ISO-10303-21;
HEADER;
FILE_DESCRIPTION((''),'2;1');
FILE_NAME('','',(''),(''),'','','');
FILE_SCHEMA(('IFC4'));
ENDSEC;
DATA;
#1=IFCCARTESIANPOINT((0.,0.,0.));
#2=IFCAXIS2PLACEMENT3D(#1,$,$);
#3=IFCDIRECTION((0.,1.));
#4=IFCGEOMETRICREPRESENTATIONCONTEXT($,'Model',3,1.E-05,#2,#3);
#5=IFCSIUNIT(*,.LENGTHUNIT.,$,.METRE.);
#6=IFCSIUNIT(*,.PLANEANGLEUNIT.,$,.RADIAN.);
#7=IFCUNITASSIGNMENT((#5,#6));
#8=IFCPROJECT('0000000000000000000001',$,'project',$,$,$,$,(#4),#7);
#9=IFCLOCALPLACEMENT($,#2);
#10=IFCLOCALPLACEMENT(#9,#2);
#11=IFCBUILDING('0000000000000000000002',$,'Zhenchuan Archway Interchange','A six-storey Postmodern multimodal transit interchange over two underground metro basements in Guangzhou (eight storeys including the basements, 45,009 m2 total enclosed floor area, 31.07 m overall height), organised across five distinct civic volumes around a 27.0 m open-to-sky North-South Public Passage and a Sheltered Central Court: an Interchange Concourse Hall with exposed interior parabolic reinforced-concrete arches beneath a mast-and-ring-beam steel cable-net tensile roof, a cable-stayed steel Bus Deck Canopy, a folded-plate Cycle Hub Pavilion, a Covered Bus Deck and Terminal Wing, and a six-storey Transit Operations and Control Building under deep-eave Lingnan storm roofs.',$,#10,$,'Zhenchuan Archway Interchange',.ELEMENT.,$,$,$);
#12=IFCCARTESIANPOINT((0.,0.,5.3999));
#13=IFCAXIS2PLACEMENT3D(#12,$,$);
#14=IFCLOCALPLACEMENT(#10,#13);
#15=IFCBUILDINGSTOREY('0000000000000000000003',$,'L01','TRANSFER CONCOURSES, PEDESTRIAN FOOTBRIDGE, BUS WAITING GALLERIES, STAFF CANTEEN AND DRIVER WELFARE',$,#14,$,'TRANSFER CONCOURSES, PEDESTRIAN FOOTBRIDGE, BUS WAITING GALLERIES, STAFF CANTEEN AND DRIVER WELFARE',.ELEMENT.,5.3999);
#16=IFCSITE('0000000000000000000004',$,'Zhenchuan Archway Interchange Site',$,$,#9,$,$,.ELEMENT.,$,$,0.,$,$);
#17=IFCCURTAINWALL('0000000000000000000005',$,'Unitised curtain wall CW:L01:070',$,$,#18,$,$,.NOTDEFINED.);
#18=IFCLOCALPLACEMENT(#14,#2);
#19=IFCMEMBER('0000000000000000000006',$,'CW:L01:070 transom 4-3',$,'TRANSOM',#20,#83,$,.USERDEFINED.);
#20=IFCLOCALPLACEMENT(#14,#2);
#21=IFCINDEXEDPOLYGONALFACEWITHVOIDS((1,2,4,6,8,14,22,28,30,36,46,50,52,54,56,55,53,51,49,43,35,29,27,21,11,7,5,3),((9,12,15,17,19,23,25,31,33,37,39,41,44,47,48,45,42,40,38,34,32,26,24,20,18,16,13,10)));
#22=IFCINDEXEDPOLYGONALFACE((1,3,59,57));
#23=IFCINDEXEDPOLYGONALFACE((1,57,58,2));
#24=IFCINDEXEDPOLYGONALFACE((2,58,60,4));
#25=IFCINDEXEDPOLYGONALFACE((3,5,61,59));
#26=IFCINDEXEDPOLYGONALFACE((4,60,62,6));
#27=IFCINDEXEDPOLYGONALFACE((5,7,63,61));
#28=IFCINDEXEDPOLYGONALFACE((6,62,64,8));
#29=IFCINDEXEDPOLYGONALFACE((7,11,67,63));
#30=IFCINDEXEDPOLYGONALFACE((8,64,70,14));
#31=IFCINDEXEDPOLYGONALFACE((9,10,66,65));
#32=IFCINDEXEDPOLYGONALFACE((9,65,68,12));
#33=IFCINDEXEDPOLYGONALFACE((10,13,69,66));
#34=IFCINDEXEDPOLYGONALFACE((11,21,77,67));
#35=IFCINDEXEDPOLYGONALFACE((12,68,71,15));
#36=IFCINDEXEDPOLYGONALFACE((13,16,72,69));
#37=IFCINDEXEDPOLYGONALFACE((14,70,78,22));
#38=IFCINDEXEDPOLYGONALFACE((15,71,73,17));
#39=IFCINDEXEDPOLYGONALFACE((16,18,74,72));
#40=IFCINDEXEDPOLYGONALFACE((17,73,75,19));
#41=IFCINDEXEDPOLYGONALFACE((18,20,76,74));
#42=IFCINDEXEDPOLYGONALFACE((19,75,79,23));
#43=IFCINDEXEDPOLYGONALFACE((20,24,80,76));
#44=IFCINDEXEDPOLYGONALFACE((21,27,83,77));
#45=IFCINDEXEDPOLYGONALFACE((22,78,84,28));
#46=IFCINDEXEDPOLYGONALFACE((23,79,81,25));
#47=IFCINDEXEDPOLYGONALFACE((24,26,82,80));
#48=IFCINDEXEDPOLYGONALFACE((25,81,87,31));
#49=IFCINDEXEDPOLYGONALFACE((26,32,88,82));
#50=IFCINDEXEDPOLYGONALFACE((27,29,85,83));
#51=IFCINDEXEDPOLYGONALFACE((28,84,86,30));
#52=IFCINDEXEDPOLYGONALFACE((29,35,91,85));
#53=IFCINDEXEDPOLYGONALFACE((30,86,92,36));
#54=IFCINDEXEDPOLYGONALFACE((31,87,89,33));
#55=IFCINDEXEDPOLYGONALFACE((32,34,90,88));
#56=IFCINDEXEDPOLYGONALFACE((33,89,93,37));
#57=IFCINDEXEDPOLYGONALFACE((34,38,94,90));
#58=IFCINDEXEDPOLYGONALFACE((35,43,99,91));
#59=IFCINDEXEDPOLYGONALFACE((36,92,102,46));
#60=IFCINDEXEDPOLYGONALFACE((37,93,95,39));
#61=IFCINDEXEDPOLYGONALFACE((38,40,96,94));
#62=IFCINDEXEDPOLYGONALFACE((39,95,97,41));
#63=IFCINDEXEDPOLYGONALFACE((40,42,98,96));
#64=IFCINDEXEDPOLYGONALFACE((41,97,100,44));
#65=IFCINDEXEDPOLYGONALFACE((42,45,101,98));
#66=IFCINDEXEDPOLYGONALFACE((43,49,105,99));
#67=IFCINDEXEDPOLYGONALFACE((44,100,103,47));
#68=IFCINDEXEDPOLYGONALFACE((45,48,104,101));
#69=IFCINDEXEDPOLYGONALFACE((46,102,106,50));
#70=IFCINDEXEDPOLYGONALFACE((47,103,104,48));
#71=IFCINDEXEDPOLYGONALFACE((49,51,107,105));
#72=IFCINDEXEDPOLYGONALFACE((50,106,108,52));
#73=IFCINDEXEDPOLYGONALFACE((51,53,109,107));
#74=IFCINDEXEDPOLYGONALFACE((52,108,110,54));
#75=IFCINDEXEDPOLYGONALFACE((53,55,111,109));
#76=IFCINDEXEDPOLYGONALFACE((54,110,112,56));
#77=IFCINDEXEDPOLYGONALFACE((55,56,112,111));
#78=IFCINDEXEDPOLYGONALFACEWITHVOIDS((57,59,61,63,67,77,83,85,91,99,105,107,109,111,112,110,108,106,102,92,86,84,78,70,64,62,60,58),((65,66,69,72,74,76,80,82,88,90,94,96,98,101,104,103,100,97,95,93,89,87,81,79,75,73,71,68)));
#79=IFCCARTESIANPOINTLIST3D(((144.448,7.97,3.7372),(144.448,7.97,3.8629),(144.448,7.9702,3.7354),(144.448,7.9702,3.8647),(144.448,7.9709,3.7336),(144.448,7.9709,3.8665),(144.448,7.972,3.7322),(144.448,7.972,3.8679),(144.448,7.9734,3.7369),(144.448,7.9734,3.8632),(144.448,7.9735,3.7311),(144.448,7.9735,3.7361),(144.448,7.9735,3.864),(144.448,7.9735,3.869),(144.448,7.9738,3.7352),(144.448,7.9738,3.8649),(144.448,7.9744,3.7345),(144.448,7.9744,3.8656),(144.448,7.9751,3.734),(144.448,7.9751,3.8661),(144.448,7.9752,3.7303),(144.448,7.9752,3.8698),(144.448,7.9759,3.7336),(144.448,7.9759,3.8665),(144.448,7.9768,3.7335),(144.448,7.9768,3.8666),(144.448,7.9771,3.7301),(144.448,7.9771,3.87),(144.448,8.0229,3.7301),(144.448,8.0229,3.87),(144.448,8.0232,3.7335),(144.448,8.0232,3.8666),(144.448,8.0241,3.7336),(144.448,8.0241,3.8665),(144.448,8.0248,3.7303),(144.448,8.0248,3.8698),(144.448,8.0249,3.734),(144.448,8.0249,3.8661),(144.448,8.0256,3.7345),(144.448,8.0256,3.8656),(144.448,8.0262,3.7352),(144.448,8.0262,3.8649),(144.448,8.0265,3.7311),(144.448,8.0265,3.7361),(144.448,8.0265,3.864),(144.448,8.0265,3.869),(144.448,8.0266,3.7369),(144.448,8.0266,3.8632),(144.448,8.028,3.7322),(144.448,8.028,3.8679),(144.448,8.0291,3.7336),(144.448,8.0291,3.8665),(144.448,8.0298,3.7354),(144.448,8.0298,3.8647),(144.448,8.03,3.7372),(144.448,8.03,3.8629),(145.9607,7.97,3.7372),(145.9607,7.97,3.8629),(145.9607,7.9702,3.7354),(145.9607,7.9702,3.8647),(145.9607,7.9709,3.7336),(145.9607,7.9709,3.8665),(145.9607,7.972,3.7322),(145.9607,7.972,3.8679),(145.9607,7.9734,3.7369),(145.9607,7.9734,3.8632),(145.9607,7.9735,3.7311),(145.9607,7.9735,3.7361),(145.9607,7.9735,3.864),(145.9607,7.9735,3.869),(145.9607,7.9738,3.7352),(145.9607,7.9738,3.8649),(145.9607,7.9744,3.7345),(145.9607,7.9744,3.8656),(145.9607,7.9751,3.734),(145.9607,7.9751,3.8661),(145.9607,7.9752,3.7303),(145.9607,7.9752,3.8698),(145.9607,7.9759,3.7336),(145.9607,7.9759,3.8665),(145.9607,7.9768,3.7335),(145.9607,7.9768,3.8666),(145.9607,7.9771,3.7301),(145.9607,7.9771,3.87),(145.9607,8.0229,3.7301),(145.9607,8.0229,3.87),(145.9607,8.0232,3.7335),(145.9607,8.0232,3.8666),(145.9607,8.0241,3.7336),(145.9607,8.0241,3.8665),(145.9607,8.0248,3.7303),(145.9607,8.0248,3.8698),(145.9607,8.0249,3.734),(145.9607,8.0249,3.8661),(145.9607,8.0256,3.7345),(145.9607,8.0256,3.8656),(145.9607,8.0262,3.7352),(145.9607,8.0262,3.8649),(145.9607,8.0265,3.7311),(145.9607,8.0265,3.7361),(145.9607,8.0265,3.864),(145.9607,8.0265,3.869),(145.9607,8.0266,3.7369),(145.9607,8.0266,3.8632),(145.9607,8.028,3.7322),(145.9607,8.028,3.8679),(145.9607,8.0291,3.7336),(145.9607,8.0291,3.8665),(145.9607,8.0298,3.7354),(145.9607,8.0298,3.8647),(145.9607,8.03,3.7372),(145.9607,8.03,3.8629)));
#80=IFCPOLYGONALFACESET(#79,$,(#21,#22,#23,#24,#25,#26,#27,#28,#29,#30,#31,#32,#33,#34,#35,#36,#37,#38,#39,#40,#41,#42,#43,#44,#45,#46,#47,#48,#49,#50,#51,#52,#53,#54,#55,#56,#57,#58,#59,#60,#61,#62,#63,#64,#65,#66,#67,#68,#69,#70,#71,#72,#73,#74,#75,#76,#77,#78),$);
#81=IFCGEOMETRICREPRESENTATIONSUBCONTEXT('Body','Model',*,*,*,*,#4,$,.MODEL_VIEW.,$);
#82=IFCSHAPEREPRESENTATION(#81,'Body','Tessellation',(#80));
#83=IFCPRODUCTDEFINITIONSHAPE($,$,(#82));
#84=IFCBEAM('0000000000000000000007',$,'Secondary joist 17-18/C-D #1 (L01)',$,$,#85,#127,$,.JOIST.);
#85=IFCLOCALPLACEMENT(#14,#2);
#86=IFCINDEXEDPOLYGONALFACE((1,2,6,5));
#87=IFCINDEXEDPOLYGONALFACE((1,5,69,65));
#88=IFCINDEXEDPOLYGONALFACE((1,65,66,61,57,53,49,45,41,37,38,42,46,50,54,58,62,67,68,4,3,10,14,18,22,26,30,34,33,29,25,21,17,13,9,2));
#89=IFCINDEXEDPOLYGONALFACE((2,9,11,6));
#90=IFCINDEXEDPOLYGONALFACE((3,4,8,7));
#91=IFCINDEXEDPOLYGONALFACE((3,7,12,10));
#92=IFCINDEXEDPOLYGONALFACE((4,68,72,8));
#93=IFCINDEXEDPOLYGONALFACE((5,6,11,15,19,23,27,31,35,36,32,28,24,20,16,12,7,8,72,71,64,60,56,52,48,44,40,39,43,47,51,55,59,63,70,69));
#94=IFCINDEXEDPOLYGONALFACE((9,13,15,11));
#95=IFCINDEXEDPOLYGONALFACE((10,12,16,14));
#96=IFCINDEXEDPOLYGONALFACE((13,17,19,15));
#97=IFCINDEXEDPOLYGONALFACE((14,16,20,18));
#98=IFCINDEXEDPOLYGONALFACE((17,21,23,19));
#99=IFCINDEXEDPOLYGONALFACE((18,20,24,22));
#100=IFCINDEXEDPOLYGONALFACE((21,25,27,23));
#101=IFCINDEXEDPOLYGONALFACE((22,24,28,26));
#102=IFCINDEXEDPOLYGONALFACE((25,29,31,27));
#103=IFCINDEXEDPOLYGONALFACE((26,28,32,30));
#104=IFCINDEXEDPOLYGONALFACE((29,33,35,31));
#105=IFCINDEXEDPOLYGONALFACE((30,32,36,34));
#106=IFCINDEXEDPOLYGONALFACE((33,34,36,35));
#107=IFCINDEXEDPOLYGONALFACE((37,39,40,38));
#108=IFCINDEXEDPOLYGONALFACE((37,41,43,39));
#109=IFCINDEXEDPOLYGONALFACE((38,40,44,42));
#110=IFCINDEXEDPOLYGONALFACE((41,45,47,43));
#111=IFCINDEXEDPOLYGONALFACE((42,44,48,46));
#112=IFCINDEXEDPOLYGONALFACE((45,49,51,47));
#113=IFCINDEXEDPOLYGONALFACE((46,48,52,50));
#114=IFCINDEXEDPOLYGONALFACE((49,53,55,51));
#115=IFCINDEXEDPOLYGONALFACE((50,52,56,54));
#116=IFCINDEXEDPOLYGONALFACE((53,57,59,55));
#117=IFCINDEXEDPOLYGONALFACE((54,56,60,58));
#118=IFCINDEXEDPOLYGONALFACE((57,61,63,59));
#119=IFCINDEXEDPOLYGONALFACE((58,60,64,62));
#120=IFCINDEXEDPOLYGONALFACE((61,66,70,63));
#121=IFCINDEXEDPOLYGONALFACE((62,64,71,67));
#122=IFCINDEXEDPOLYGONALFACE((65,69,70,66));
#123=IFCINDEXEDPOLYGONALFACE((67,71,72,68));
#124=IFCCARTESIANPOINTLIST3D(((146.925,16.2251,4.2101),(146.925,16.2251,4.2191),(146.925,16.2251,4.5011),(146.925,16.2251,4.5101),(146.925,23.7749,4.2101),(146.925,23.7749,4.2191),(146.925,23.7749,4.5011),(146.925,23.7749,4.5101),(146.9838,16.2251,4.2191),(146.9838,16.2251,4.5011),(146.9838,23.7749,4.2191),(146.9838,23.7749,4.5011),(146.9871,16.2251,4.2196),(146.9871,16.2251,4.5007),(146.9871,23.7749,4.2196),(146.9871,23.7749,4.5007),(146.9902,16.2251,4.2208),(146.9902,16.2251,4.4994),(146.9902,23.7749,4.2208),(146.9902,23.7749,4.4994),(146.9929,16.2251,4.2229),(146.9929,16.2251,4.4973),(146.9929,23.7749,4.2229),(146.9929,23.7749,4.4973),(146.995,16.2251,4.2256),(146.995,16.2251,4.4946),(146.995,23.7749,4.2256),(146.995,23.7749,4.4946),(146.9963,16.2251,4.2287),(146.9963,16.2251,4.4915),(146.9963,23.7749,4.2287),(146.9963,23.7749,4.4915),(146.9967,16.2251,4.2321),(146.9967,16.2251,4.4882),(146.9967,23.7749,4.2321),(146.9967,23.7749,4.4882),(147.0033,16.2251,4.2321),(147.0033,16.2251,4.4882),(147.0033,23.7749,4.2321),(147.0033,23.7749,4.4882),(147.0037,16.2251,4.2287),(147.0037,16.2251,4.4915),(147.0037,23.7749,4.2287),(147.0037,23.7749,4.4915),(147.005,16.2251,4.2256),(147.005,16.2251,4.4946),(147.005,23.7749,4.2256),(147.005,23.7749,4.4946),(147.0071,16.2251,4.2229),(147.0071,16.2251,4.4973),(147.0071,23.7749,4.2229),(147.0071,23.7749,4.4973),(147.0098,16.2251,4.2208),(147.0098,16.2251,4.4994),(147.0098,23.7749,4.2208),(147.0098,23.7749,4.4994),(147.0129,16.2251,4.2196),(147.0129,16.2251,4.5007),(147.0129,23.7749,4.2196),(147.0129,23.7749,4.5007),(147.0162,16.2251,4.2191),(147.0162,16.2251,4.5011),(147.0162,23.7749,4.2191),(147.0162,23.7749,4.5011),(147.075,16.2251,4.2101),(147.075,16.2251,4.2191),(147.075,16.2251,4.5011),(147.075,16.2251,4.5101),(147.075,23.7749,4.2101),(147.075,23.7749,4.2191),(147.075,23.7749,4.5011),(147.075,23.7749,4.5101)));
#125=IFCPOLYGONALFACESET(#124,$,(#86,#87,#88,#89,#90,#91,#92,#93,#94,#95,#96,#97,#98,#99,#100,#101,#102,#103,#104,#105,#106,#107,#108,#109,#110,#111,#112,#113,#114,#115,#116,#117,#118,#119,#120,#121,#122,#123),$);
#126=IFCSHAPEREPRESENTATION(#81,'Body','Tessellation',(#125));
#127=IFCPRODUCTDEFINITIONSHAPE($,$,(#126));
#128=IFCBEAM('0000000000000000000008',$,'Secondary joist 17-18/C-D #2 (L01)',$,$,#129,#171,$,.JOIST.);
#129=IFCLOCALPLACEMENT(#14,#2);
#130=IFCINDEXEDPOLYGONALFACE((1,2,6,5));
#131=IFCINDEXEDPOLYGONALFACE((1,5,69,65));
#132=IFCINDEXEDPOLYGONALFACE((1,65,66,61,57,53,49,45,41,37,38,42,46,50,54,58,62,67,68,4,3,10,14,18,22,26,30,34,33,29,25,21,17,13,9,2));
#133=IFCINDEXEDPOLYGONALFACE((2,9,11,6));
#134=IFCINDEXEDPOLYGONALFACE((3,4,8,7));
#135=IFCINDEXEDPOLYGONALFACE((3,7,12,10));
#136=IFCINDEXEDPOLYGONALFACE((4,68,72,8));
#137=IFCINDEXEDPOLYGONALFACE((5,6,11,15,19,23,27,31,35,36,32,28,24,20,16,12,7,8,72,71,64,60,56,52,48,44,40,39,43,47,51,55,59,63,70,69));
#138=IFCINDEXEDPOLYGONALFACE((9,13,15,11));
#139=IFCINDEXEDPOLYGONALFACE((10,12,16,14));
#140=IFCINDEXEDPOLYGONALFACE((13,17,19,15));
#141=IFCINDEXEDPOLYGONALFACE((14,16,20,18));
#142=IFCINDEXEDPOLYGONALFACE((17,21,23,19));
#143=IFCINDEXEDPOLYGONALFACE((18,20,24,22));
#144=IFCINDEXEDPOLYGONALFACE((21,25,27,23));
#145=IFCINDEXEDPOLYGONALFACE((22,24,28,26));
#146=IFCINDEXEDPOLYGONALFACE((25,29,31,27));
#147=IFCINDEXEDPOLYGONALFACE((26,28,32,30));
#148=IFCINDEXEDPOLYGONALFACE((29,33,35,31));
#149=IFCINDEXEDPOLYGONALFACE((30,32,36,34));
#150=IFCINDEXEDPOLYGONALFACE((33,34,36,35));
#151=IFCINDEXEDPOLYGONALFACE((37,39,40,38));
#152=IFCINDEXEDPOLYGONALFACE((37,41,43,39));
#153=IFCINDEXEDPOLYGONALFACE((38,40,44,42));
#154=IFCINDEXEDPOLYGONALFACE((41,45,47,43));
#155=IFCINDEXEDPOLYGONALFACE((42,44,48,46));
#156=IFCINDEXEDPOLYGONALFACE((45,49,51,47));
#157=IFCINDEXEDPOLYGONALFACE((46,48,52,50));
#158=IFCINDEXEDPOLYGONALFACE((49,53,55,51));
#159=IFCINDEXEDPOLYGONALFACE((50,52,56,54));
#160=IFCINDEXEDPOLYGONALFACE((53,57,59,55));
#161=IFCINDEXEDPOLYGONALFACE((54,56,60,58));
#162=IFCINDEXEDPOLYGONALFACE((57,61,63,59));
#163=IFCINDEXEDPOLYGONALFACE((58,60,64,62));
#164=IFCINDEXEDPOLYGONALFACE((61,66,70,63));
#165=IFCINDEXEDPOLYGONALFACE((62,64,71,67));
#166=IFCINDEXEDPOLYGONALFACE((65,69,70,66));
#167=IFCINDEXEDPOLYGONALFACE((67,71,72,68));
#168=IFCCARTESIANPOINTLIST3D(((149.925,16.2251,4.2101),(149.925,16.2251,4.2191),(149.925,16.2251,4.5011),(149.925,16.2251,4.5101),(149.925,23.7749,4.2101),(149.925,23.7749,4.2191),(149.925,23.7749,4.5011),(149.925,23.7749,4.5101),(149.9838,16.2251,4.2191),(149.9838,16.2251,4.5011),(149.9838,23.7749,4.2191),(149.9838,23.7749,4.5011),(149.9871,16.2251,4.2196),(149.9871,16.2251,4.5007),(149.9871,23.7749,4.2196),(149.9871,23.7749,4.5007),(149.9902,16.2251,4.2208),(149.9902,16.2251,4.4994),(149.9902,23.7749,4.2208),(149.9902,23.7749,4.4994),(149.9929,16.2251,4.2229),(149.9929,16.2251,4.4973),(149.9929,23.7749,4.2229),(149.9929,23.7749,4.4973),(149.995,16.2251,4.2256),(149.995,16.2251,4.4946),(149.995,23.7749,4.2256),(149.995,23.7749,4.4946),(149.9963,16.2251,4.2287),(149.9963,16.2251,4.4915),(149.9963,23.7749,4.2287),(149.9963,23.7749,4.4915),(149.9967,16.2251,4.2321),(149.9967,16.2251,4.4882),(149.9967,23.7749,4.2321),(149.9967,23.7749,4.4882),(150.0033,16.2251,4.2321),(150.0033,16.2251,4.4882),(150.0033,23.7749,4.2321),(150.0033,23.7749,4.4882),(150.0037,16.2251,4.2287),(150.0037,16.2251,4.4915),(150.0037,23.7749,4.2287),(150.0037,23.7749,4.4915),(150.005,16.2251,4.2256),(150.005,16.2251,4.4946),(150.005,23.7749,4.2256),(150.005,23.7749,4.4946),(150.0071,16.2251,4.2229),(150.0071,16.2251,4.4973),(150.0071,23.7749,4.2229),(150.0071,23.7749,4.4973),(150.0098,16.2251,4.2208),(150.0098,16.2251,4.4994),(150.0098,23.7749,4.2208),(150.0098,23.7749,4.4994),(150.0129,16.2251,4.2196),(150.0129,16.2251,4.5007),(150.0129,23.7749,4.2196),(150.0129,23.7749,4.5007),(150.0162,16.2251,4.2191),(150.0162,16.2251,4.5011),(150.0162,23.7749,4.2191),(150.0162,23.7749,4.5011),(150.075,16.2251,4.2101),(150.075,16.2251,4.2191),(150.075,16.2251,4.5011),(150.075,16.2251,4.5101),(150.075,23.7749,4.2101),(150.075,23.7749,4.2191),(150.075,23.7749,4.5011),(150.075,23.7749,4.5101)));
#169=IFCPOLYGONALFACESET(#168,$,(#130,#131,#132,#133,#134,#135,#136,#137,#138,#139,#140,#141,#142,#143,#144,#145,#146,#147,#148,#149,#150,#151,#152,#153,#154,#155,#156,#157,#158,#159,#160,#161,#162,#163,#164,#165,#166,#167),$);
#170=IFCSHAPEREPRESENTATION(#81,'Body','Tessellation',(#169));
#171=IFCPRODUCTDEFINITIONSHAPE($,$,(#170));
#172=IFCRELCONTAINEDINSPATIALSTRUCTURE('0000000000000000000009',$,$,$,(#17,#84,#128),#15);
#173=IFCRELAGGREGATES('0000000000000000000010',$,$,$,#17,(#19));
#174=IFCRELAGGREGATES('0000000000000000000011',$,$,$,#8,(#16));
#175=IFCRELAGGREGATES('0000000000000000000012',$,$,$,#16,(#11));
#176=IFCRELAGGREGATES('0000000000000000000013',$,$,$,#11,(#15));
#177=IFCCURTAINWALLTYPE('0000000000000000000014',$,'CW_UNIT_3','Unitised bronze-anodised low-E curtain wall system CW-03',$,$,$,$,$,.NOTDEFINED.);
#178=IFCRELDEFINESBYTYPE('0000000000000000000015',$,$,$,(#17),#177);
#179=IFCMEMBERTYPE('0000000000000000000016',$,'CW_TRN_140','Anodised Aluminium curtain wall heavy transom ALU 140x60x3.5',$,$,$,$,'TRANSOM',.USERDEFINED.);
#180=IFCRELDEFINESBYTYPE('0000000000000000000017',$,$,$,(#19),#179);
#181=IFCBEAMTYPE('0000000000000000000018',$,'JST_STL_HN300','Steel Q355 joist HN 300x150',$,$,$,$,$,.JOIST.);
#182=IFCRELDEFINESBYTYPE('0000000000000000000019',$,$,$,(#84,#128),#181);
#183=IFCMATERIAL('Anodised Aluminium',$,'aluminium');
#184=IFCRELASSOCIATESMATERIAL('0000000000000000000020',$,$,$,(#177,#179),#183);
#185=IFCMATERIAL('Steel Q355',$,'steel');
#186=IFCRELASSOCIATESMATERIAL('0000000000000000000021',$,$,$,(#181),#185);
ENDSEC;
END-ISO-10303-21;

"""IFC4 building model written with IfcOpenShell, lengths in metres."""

from ifc_helpers import new_model, si_unit, direction, frame, origin, origin_2d, place, context, subcontext, project, spatial, hollow_rectangle, i_section, extrude, material, material_profile, profile_set, type_object, element, aggregate, save


model = new_model("IFC4")

# Units and contexts
model_context = context("Model", 3, precision=1e-05, world=origin(), true_north=direction((0.0, 1.0)))
body_context = subcontext(model_context, "Body", "Model", "MODEL_VIEW")
ifc_project = project(units=[si_unit("LENGTHUNIT", "METRE"), si_unit("PLANEANGLEUNIT", "RADIAN")], contexts=[model_context])

# Site, building, storey
site_placement = place(None, origin())
site = spatial("IfcSite", under=ifc_project, at=site_placement, Name="Zhenchuan Archway Interchange Site", CompositionType="ELEMENT", RefElevation=0.0)
building_placement = place(site_placement, origin())
building = spatial("IfcBuilding", under=site, at=building_placement, Name="Zhenchuan Archway Interchange", Description="A six-storey Postmodern multimodal transit interchange over two underground metro basements in Guangzhou (eight storeys including the basements, 45,009 m2 total enclosed floor area, 31.07 m overall height), organised across five distinct civic volumes around a 27.0 m open-to-sky North-South Public Passage and a Sheltered Central Court: an Interchange Concourse Hall with exposed interior parabolic reinforced-concrete arches beneath a mast-and-ring-beam steel cable-net tensile roof, a cable-stayed steel Bus Deck Canopy, a folded-plate Cycle Hub Pavilion, a Covered Bus Deck and Terminal Wing, and a six-storey Transit Operations and Control Building under deep-eave Lingnan storm roofs.", LongName="Zhenchuan Archway Interchange", CompositionType="ELEMENT")
storey_placement = place(building_placement, frame((0.0, 0.0, 5.3999)))
storey = spatial("IfcBuildingStorey", under=building, at=storey_placement, Name="L01", Description="TRANSFER CONCOURSES, PEDESTRIAN FOOTBRIDGE, BUS WAITING GALLERIES, STAFF CANTEEN AND DRIVER WELFARE", LongName="TRANSFER CONCOURSES, PEDESTRIAN FOOTBRIDGE, BUS WAITING GALLERIES, STAFF CANTEEN AND DRIVER WELFARE", CompositionType="ELEMENT", Elevation=5.3999)

# Curtain wall, member
ifc_material_1 = material(Name="Anodised Aluminium", Category="aluminium")
curtain_wall_type = type_object("IfcCurtainWallType", Name="CW_UNIT_3", Description="Unitised bronze-anodised low-E curtain wall system CW-03", PredefinedType="NOTDEFINED", material=ifc_material_1)
curtain_wall_placement = place(storey_placement, origin())
curtain_wall = element("IfcCurtainWall", 1, at=curtain_wall_placement, inside=storey, type_object=curtain_wall_type, Name="Unitised curtain wall CW:L01:070", PredefinedType="NOTDEFINED")
ifc_material_profile_1 = material_profile(ifc_material_1, hollow_rectangle(XDim=0.0601, YDim=0.1399, WallThickness=0.0034, InnerFilletRadius=0.0034, OuterFilletRadius=0.0071, at=origin_2d()), Name="ALU 140x60x3.5")
ifc_profile_set_1 = profile_set([ifc_material_profile_1], Name="Anodised Aluminium")
member_type_1 = type_object("IfcMemberType", Name="CW_TRN_140", Description="Anodised Aluminium curtain wall heavy transom ALU 140x60x3.5", ElementType="TRANSOM", PredefinedType="USERDEFINED", material=ifc_profile_set_1)
member_1_placement = place(storey_placement, frame((145.9607, 8.0, 3.8), z_axis=(-1.0, 0.0, 0.0), x_axis=(0.0, -1.0, 0.0)))
member_1 = element("IfcMember", 2, at=member_1_placement, type_object=member_type_1, Name="CW:L01:070 transom 4-3", ObjectType="TRANSOM", PredefinedType="USERDEFINED", context=body_context, shape_type="SweptSolid", body=[
    extrude(hollow_rectangle(XDim=0.0601, YDim=0.1399, WallThickness=0.0034, InnerFilletRadius=0.0034, OuterFilletRadius=0.0071, at=origin_2d()), origin(), (0.0, 0.0, 1.0), 1.5127),
])

# Beams
ifc_material_2 = material(Name="Steel Q355", Category="steel")
ifc_material_profile_2 = material_profile(ifc_material_2, i_section(OverallWidth=0.1499, OverallDepth=0.3, WebThickness=0.0066, FlangeThickness=0.009, FilletRadius=0.0129, at=origin_2d()), Name="HN 300x150")
ifc_profile_set_2 = profile_set([ifc_material_profile_2], Name="Steel Q355")
beam_type_1 = type_object("IfcBeamType", Name="JST_STL_HN300", Description="Steel Q355 joist HN 300x150", PredefinedType="JOIST", material=ifc_profile_set_2)
for number, where, z_axis, x_axis, name in (
    (3, (147.0, 16.2251, 4.3601), (0.0, 1.0, 0.0), (-1.0, 0.0, 0.0), "Secondary joist 17-18/C-D #1 (L01)"),
    (4, (150.0, 16.2251, 4.3601), (0.0, 1.0, 0.0), (-1.0, 0.0, 0.0), "Secondary joist 17-18/C-D #2 (L01)"),
):
    element("IfcBeam", number, at=place(storey_placement, frame(where, z_axis=z_axis, x_axis=x_axis)), inside=storey, type_object=beam_type_1, Name=name, PredefinedType="JOIST", context=body_context, shape_type="SweptSolid", body=[
        extrude(i_section(OverallWidth=0.1499, OverallDepth=0.3, WebThickness=0.0066, FlangeThickness=0.009, FilletRadius=0.0129, at=origin_2d()), origin(), (0.0, 0.0, 1.0), 7.5498),
    ])

aggregate(curtain_wall, [member_1])

save(model, "model.ifc")
